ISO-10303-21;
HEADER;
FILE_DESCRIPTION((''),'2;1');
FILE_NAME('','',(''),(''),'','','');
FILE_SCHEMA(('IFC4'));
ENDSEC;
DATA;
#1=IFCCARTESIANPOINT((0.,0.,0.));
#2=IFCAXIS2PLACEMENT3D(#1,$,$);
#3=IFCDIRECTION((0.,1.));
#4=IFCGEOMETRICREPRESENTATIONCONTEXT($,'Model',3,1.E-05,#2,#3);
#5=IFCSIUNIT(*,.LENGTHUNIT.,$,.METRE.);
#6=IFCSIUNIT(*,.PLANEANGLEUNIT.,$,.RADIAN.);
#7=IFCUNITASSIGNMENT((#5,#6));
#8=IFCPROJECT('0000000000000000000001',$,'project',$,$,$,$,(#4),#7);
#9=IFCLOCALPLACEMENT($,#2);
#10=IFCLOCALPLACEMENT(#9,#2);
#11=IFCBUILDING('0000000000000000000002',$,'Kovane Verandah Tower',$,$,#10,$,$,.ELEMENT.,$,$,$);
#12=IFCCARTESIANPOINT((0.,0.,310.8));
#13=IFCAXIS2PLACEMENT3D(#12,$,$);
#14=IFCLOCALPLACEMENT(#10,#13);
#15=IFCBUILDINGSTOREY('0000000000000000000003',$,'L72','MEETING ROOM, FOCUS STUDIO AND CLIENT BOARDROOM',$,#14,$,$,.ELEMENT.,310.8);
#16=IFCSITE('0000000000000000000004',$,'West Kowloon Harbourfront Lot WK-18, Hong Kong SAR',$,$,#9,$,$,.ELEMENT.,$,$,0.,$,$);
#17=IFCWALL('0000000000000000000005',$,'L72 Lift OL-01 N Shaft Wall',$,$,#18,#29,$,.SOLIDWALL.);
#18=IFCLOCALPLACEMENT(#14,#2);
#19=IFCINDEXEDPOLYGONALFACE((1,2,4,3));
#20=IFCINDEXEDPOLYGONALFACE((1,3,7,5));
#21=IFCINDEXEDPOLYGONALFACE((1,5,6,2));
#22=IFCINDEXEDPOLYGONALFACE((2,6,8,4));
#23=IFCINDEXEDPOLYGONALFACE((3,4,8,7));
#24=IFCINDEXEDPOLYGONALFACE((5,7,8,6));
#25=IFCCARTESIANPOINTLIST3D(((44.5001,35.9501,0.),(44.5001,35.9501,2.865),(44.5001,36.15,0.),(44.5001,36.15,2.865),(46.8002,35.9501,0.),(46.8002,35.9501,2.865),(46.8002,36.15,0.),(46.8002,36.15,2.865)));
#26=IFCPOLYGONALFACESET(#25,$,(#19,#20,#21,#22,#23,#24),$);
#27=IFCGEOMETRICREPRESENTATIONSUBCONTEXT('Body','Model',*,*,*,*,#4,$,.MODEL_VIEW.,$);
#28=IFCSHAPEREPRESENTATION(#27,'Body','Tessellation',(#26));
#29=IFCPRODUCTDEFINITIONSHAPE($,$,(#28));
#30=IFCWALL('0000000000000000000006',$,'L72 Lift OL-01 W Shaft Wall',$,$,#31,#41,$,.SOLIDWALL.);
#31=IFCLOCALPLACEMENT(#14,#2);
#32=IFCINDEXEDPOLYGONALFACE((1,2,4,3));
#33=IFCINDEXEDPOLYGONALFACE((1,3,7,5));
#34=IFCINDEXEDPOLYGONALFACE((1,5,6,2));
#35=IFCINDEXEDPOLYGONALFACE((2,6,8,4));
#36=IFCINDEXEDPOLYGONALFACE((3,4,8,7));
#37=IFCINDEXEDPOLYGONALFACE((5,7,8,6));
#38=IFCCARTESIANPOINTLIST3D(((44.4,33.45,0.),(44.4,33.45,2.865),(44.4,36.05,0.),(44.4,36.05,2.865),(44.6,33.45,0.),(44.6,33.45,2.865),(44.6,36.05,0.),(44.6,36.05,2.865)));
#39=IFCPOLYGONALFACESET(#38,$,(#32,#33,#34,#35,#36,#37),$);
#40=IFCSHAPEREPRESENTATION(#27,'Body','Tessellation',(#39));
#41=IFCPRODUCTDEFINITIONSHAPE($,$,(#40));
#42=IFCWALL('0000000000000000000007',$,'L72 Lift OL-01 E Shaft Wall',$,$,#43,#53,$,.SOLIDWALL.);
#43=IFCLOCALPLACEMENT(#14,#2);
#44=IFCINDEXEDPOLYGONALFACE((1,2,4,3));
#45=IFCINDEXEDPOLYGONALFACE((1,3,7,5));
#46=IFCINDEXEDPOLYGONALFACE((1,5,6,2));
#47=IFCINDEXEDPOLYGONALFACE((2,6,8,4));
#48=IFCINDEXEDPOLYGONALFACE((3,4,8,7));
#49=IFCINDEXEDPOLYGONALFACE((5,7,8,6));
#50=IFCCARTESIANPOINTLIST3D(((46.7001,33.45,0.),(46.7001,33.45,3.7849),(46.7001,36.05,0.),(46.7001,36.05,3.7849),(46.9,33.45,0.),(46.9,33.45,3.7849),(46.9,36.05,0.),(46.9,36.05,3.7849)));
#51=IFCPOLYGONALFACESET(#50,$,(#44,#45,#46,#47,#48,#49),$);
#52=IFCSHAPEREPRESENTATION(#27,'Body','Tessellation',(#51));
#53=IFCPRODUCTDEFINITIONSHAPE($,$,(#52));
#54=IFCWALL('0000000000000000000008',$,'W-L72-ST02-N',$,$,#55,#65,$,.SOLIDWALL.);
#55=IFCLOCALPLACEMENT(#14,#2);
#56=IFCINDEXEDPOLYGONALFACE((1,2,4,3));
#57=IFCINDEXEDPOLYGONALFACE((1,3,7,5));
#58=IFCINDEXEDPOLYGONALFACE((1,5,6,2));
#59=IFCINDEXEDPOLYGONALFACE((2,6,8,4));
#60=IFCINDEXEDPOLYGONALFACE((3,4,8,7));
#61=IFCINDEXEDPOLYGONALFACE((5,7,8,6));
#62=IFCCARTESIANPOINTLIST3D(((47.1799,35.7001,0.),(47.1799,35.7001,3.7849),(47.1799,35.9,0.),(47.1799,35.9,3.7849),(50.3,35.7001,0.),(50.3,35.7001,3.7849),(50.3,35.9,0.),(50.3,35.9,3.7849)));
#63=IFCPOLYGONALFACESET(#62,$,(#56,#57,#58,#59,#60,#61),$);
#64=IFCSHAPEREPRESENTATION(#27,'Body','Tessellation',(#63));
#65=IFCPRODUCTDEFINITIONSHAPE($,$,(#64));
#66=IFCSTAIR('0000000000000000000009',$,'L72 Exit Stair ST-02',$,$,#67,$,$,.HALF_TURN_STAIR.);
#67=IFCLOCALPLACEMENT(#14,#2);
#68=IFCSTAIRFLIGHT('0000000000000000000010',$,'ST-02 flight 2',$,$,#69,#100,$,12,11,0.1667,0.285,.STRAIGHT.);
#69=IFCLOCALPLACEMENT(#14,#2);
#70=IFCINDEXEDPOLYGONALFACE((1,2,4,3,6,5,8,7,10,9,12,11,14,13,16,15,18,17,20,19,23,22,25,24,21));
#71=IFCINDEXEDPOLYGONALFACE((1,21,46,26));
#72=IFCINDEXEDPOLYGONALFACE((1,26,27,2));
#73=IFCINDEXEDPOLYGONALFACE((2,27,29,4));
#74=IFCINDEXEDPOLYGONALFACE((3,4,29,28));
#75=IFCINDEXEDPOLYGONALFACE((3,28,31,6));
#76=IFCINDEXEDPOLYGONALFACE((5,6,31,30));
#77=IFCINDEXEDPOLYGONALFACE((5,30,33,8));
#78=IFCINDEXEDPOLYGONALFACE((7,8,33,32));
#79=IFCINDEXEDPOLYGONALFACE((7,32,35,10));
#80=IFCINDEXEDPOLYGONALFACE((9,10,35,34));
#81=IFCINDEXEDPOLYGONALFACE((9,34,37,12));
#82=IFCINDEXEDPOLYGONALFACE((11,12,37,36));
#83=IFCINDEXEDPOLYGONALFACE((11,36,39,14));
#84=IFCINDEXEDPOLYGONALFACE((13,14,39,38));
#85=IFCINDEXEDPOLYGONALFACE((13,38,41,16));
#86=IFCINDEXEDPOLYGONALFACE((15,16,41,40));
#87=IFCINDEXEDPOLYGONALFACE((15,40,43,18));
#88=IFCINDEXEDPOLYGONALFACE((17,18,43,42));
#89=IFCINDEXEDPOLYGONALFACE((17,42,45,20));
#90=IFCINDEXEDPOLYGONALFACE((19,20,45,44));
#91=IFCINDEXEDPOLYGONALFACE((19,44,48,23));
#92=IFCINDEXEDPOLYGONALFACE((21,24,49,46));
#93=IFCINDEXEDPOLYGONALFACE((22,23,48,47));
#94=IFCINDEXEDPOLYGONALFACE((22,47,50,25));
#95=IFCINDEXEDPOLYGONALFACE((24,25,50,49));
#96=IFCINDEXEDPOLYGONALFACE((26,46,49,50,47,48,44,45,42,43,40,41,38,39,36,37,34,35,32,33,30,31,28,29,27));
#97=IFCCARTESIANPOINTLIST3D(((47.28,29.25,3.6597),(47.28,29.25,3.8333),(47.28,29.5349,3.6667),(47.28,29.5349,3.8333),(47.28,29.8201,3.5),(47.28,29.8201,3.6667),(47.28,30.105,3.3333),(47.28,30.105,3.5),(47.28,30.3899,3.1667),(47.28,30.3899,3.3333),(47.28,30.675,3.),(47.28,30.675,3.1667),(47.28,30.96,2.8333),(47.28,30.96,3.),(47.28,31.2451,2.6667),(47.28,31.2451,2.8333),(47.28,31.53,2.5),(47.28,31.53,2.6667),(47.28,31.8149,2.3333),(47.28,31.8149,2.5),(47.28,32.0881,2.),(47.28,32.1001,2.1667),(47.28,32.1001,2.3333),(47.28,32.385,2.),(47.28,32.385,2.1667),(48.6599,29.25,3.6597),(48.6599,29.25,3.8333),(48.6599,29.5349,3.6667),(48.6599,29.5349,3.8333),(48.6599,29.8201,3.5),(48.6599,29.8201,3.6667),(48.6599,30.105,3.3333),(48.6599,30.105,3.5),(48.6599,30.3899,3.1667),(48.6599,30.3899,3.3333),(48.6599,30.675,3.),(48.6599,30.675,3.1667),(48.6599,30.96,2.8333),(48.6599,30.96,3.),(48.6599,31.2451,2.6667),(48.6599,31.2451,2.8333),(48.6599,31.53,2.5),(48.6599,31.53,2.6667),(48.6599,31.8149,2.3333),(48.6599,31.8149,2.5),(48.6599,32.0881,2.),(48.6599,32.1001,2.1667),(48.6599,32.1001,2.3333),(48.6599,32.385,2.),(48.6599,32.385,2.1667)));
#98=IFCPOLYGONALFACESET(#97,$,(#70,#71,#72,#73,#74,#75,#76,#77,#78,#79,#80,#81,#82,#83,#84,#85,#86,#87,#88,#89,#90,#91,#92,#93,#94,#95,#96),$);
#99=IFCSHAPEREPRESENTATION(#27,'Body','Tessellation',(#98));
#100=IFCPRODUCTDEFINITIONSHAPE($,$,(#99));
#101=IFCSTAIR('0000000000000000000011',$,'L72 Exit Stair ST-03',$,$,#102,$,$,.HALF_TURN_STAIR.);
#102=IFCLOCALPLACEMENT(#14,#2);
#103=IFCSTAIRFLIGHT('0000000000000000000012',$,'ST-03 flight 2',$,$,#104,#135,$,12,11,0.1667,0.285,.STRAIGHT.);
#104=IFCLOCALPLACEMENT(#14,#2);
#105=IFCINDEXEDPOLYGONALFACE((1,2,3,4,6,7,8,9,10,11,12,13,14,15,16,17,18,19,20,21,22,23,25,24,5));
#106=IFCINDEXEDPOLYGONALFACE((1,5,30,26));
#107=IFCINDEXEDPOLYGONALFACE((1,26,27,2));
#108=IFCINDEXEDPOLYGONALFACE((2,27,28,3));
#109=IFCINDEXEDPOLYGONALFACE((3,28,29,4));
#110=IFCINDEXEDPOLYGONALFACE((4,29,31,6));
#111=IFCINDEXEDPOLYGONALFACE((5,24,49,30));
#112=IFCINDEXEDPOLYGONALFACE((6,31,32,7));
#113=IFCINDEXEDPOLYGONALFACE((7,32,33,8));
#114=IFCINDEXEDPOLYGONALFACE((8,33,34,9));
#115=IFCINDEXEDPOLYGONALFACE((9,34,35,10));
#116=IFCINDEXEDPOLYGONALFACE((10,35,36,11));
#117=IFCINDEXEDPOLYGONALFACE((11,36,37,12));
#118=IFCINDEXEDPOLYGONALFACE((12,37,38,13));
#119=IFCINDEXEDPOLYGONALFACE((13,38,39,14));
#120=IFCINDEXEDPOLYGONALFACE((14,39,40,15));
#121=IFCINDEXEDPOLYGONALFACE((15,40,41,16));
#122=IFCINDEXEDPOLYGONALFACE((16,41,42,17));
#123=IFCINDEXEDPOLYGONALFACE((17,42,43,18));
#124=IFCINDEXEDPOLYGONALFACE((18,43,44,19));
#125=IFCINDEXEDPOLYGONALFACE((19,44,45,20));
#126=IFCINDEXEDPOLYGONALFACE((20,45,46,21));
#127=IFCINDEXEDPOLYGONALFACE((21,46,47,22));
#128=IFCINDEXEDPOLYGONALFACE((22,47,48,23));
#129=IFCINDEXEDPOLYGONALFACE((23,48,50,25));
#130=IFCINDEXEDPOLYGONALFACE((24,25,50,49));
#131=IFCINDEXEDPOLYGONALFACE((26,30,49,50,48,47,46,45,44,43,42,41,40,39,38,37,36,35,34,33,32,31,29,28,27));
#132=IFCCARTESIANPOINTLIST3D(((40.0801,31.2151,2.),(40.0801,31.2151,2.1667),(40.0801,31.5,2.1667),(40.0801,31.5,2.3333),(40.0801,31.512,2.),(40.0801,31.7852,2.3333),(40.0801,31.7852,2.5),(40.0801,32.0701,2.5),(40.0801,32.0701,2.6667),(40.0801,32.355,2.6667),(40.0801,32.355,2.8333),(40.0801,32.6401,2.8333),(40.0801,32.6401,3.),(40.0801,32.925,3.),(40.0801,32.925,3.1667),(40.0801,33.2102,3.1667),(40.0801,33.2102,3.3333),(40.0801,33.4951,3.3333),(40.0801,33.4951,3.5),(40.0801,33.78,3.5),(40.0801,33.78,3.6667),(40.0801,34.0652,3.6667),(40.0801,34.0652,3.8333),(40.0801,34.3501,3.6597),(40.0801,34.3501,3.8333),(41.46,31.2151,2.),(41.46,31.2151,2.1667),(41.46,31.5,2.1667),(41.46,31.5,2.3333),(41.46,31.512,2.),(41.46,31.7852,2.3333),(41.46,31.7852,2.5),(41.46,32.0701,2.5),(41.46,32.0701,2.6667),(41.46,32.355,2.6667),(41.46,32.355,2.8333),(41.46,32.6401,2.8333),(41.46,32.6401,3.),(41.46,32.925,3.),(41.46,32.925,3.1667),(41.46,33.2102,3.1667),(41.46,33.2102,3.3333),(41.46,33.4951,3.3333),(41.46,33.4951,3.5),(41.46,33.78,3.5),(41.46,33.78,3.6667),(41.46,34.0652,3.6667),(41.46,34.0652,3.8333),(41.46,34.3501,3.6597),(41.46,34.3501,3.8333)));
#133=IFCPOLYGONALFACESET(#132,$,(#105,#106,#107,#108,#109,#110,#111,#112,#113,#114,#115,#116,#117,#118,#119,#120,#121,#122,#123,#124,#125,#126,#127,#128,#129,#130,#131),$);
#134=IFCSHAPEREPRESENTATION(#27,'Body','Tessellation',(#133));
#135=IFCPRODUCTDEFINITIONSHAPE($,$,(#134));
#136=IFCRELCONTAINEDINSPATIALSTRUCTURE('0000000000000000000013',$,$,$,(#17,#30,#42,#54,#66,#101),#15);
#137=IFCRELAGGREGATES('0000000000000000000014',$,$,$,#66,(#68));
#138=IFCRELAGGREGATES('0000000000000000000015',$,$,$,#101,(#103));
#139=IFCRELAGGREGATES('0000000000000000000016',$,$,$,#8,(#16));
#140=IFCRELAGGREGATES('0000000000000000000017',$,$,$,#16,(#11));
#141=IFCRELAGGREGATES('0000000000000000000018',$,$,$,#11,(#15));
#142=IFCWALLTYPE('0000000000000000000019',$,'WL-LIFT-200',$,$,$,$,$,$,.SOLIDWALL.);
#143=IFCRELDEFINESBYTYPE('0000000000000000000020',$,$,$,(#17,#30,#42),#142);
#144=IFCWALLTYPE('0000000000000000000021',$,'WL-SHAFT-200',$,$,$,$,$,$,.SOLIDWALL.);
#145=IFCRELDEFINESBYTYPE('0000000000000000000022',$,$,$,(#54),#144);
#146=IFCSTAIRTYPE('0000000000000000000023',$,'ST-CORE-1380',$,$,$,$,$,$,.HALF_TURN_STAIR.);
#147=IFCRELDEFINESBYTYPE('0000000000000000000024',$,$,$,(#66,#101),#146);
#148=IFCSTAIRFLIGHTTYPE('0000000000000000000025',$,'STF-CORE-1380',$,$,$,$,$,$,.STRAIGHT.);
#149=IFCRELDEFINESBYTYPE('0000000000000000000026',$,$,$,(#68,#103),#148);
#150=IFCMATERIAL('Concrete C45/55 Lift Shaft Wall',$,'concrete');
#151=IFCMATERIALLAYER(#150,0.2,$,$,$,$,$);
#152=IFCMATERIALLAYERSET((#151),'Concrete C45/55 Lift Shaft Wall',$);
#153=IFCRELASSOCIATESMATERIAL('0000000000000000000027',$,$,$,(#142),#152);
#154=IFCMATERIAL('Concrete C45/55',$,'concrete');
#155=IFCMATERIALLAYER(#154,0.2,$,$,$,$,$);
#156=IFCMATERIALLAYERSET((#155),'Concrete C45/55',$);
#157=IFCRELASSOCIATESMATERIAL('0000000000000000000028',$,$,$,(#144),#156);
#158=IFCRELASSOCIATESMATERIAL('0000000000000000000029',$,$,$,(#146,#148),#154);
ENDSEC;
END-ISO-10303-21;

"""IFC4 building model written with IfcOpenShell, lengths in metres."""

from ifc_helpers import new_model, si_unit, direction, frame, frame_2d, origin, place, context, subcontext, project, spatial, polyline, rectangle, outline, extrude, material, layer, layer_set, type_object, element, aggregate, save


model = new_model("IFC4")

# Units and contexts
model_context = context("Model", 3, precision=1e-05, world=origin(), true_north=direction((0.0, 1.0)))
body_context = subcontext(model_context, "Body", "Model", "MODEL_VIEW")
ifc_project = project(units=[si_unit("LENGTHUNIT", "METRE"), si_unit("PLANEANGLEUNIT", "RADIAN")], contexts=[model_context])

# Site, building, storey
site_placement = place(None, origin())
site = spatial("IfcSite", under=ifc_project, at=site_placement, Name="West Kowloon Harbourfront Lot WK-18, Hong Kong SAR", CompositionType="ELEMENT", RefElevation=0.0)
building_placement = place(site_placement, origin())
building = spatial("IfcBuilding", under=site, at=building_placement, Name="Kovane Verandah Tower", CompositionType="ELEMENT")
storey_placement = place(building_placement, frame((0.0, 0.0, 310.8)))
storey = spatial("IfcBuildingStorey", under=building, at=storey_placement, Name="L72", Description="MEETING ROOM, FOCUS STUDIO AND CLIENT BOARDROOM", CompositionType="ELEMENT", Elevation=310.8)

# Walls
ifc_material_1 = material(Name="Concrete C45/55 Lift Shaft Wall", Category="concrete")
ifc_layer_1 = layer(ifc_material_1, 0.2)
ifc_layer_set_1 = layer_set([ifc_layer_1], Name="Concrete C45/55 Lift Shaft Wall")
wall_type_1 = type_object("IfcWallType", Name="WL-LIFT-200", PredefinedType="SOLIDWALL", material=ifc_layer_set_1)
wall_1_placement = place(storey_placement, frame((46.8, 36.05, 0.0), z_axis=(0.0, 0.0, 1.0), x_axis=(-1.0, 0.0, 0.0)))
element("IfcWall", 1, at=wall_1_placement, inside=storey, type_object=wall_type_1, Name="L72 Lift OL-01 N Shaft Wall", PredefinedType="SOLIDWALL", context=body_context, shape_type="SweptSolid", body=[
    extrude(rectangle(XDim=2.3, YDim=0.2, at=frame_2d((1.1499, 0.0))), origin(), (0.0, 0.0, 1.0), 2.865),
])
wall_2_placement = place(storey_placement, frame((44.5, 36.05, 0.0), z_axis=(0.0, 0.0, 1.0), x_axis=(0.0, -1.0, 0.0)))
element("IfcWall", 2, at=wall_2_placement, inside=storey, type_object=wall_type_1, Name="L72 Lift OL-01 W Shaft Wall", PredefinedType="SOLIDWALL", context=body_context, shape_type="SweptSolid", body=[
    extrude(rectangle(XDim=2.6001, YDim=0.2, at=frame_2d((1.3, 0.0))), origin(), (0.0, 0.0, 1.0), 2.865),
])
wall_3_placement = place(storey_placement, frame((46.8, 33.45, 0.0), z_axis=(0.0, 0.0, 1.0), x_axis=(0.0, 1.0, 0.0)))
element("IfcWall", 3, at=wall_3_placement, inside=storey, type_object=wall_type_1, Name="L72 Lift OL-01 E Shaft Wall", PredefinedType="SOLIDWALL", context=body_context, shape_type="SweptSolid", body=[
    extrude(rectangle(XDim=2.6001, YDim=0.2, at=frame_2d((1.3, 0.0))), origin(), (0.0, 0.0, 1.0), 3.7849),
])
ifc_material_2 = material(Name="Concrete C45/55", Category="concrete")
ifc_layer_2 = layer(ifc_material_2, 0.2)
ifc_layer_set_2 = layer_set([ifc_layer_2], Name="Concrete C45/55")
wall_type_2 = type_object("IfcWallType", Name="WL-SHAFT-200", PredefinedType="SOLIDWALL", material=ifc_layer_set_2)
wall_4_placement = place(storey_placement, frame((47.1799, 35.8, 0.0), z_axis=(0.0, 0.0, 1.0), x_axis=(1.0, 0.0, 0.0)))
element("IfcWall", 4, at=wall_4_placement, inside=storey, type_object=wall_type_2, Name="W-L72-ST02-N", PredefinedType="SOLIDWALL", context=body_context, shape_type="SweptSolid", body=[
    extrude(rectangle(XDim=3.1201, YDim=0.2, at=frame_2d((1.5601, 0.0))), origin(), (0.0, 0.0, 1.0), 3.7849),
])

# Stairs, stair flights
stair_type = type_object("IfcStairType", Name="ST-CORE-1380", PredefinedType="HALF_TURN_STAIR", material=ifc_material_2)
stair_1_placement = place(storey_placement, origin())
stair_1 = element("IfcStair", 5, at=stair_1_placement, inside=storey, type_object=stair_type, Name="L72 Exit Stair ST-02", PredefinedType="HALF_TURN_STAIR")
stair_flight_type = type_object("IfcStairFlightType", Name="STF-CORE-1380", PredefinedType="STRAIGHT", material=ifc_material_2)
stair_flight_1_placement = place(storey_placement, frame((47.97, 32.385, 2.0), z_axis=(0.0, 0.0, 1.0), x_axis=(0.0, -1.0, 0.0)))
stair_flight_1 = element("IfcStairFlight", 6, at=stair_flight_1_placement, type_object=stair_flight_type, Name="ST-02 flight 2", NumberOfRisers=12, NumberOfTreads=11, PredefinedType="STRAIGHT", RiserHeight=0.1667, TreadLength=0.285, context=body_context, shape_type="SweptSolid", body=[
    extrude(outline(polyline([(0.0, 0.0), (0.0, 0.1667), (0.2849, 0.1667), (0.2849, 0.3333), (0.5701, 0.3333), (0.5701, 0.5), (0.855, 0.5), (0.855, 0.6667), (1.1399, 0.6667), (1.1399, 0.8333), (1.425, 0.8333), (1.425, 1.0), (1.71, 1.0), (1.71, 1.1667), (1.9951, 1.1667), (1.9951, 1.3333), (2.28, 1.3333), (2.28, 1.5), (2.5649, 1.5), (2.5649, 1.6667), (2.8501, 1.6667), (2.8501, 1.8333), (3.135, 1.8333), (3.135, 2.0), (3.135, 1.6597), (0.2969, 0.0), (0.0, 0.0)])), frame((0.0, 0.6899, 0.0), z_axis=(0.0, -1.0, 0.0), x_axis=(1.0, 0.0, 0.0)), (0.0, 0.0, 1.0), 1.3799),
])
aggregate(stair_1, [stair_flight_1])
stair_2_placement = place(storey_placement, origin())
stair_2 = element("IfcStair", 7, at=stair_2_placement, inside=storey, type_object=stair_type, Name="L72 Exit Stair ST-03", PredefinedType="HALF_TURN_STAIR")
stair_flight_2_placement = place(storey_placement, frame((40.77, 31.2151, 2.0), z_axis=(0.0, 0.0, 1.0), x_axis=(0.0, 1.0, 0.0)))
stair_flight_2 = element("IfcStairFlight", 8, at=stair_flight_2_placement, type_object=stair_flight_type, Name="ST-03 flight 2", NumberOfRisers=12, NumberOfTreads=11, PredefinedType="STRAIGHT", RiserHeight=0.1667, TreadLength=0.285, context=body_context, shape_type="SweptSolid", body=[
    extrude(outline(polyline([(0.0, 0.0), (0.0, 0.1667), (0.2849, 0.1667), (0.2849, 0.3333), (0.5701, 0.3333), (0.5701, 0.5), (0.855, 0.5), (0.855, 0.6667), (1.1399, 0.6667), (1.1399, 0.8333), (1.425, 0.8333), (1.425, 1.0), (1.71, 1.0), (1.71, 1.1667), (1.9951, 1.1667), (1.9951, 1.3333), (2.28, 1.3333), (2.28, 1.5), (2.5649, 1.5), (2.5649, 1.6667), (2.8501, 1.6667), (2.8501, 1.8333), (3.135, 1.8333), (3.135, 2.0), (3.135, 1.6597), (0.2969, 0.0), (0.0, 0.0)])), frame((0.0, 0.6899, 0.0), z_axis=(0.0, -1.0, 0.0), x_axis=(1.0, 0.0, 0.0)), (0.0, 0.0, 1.0), 1.3799),
])
aggregate(stair_2, [stair_flight_2])

save(model, "model.ifc")
